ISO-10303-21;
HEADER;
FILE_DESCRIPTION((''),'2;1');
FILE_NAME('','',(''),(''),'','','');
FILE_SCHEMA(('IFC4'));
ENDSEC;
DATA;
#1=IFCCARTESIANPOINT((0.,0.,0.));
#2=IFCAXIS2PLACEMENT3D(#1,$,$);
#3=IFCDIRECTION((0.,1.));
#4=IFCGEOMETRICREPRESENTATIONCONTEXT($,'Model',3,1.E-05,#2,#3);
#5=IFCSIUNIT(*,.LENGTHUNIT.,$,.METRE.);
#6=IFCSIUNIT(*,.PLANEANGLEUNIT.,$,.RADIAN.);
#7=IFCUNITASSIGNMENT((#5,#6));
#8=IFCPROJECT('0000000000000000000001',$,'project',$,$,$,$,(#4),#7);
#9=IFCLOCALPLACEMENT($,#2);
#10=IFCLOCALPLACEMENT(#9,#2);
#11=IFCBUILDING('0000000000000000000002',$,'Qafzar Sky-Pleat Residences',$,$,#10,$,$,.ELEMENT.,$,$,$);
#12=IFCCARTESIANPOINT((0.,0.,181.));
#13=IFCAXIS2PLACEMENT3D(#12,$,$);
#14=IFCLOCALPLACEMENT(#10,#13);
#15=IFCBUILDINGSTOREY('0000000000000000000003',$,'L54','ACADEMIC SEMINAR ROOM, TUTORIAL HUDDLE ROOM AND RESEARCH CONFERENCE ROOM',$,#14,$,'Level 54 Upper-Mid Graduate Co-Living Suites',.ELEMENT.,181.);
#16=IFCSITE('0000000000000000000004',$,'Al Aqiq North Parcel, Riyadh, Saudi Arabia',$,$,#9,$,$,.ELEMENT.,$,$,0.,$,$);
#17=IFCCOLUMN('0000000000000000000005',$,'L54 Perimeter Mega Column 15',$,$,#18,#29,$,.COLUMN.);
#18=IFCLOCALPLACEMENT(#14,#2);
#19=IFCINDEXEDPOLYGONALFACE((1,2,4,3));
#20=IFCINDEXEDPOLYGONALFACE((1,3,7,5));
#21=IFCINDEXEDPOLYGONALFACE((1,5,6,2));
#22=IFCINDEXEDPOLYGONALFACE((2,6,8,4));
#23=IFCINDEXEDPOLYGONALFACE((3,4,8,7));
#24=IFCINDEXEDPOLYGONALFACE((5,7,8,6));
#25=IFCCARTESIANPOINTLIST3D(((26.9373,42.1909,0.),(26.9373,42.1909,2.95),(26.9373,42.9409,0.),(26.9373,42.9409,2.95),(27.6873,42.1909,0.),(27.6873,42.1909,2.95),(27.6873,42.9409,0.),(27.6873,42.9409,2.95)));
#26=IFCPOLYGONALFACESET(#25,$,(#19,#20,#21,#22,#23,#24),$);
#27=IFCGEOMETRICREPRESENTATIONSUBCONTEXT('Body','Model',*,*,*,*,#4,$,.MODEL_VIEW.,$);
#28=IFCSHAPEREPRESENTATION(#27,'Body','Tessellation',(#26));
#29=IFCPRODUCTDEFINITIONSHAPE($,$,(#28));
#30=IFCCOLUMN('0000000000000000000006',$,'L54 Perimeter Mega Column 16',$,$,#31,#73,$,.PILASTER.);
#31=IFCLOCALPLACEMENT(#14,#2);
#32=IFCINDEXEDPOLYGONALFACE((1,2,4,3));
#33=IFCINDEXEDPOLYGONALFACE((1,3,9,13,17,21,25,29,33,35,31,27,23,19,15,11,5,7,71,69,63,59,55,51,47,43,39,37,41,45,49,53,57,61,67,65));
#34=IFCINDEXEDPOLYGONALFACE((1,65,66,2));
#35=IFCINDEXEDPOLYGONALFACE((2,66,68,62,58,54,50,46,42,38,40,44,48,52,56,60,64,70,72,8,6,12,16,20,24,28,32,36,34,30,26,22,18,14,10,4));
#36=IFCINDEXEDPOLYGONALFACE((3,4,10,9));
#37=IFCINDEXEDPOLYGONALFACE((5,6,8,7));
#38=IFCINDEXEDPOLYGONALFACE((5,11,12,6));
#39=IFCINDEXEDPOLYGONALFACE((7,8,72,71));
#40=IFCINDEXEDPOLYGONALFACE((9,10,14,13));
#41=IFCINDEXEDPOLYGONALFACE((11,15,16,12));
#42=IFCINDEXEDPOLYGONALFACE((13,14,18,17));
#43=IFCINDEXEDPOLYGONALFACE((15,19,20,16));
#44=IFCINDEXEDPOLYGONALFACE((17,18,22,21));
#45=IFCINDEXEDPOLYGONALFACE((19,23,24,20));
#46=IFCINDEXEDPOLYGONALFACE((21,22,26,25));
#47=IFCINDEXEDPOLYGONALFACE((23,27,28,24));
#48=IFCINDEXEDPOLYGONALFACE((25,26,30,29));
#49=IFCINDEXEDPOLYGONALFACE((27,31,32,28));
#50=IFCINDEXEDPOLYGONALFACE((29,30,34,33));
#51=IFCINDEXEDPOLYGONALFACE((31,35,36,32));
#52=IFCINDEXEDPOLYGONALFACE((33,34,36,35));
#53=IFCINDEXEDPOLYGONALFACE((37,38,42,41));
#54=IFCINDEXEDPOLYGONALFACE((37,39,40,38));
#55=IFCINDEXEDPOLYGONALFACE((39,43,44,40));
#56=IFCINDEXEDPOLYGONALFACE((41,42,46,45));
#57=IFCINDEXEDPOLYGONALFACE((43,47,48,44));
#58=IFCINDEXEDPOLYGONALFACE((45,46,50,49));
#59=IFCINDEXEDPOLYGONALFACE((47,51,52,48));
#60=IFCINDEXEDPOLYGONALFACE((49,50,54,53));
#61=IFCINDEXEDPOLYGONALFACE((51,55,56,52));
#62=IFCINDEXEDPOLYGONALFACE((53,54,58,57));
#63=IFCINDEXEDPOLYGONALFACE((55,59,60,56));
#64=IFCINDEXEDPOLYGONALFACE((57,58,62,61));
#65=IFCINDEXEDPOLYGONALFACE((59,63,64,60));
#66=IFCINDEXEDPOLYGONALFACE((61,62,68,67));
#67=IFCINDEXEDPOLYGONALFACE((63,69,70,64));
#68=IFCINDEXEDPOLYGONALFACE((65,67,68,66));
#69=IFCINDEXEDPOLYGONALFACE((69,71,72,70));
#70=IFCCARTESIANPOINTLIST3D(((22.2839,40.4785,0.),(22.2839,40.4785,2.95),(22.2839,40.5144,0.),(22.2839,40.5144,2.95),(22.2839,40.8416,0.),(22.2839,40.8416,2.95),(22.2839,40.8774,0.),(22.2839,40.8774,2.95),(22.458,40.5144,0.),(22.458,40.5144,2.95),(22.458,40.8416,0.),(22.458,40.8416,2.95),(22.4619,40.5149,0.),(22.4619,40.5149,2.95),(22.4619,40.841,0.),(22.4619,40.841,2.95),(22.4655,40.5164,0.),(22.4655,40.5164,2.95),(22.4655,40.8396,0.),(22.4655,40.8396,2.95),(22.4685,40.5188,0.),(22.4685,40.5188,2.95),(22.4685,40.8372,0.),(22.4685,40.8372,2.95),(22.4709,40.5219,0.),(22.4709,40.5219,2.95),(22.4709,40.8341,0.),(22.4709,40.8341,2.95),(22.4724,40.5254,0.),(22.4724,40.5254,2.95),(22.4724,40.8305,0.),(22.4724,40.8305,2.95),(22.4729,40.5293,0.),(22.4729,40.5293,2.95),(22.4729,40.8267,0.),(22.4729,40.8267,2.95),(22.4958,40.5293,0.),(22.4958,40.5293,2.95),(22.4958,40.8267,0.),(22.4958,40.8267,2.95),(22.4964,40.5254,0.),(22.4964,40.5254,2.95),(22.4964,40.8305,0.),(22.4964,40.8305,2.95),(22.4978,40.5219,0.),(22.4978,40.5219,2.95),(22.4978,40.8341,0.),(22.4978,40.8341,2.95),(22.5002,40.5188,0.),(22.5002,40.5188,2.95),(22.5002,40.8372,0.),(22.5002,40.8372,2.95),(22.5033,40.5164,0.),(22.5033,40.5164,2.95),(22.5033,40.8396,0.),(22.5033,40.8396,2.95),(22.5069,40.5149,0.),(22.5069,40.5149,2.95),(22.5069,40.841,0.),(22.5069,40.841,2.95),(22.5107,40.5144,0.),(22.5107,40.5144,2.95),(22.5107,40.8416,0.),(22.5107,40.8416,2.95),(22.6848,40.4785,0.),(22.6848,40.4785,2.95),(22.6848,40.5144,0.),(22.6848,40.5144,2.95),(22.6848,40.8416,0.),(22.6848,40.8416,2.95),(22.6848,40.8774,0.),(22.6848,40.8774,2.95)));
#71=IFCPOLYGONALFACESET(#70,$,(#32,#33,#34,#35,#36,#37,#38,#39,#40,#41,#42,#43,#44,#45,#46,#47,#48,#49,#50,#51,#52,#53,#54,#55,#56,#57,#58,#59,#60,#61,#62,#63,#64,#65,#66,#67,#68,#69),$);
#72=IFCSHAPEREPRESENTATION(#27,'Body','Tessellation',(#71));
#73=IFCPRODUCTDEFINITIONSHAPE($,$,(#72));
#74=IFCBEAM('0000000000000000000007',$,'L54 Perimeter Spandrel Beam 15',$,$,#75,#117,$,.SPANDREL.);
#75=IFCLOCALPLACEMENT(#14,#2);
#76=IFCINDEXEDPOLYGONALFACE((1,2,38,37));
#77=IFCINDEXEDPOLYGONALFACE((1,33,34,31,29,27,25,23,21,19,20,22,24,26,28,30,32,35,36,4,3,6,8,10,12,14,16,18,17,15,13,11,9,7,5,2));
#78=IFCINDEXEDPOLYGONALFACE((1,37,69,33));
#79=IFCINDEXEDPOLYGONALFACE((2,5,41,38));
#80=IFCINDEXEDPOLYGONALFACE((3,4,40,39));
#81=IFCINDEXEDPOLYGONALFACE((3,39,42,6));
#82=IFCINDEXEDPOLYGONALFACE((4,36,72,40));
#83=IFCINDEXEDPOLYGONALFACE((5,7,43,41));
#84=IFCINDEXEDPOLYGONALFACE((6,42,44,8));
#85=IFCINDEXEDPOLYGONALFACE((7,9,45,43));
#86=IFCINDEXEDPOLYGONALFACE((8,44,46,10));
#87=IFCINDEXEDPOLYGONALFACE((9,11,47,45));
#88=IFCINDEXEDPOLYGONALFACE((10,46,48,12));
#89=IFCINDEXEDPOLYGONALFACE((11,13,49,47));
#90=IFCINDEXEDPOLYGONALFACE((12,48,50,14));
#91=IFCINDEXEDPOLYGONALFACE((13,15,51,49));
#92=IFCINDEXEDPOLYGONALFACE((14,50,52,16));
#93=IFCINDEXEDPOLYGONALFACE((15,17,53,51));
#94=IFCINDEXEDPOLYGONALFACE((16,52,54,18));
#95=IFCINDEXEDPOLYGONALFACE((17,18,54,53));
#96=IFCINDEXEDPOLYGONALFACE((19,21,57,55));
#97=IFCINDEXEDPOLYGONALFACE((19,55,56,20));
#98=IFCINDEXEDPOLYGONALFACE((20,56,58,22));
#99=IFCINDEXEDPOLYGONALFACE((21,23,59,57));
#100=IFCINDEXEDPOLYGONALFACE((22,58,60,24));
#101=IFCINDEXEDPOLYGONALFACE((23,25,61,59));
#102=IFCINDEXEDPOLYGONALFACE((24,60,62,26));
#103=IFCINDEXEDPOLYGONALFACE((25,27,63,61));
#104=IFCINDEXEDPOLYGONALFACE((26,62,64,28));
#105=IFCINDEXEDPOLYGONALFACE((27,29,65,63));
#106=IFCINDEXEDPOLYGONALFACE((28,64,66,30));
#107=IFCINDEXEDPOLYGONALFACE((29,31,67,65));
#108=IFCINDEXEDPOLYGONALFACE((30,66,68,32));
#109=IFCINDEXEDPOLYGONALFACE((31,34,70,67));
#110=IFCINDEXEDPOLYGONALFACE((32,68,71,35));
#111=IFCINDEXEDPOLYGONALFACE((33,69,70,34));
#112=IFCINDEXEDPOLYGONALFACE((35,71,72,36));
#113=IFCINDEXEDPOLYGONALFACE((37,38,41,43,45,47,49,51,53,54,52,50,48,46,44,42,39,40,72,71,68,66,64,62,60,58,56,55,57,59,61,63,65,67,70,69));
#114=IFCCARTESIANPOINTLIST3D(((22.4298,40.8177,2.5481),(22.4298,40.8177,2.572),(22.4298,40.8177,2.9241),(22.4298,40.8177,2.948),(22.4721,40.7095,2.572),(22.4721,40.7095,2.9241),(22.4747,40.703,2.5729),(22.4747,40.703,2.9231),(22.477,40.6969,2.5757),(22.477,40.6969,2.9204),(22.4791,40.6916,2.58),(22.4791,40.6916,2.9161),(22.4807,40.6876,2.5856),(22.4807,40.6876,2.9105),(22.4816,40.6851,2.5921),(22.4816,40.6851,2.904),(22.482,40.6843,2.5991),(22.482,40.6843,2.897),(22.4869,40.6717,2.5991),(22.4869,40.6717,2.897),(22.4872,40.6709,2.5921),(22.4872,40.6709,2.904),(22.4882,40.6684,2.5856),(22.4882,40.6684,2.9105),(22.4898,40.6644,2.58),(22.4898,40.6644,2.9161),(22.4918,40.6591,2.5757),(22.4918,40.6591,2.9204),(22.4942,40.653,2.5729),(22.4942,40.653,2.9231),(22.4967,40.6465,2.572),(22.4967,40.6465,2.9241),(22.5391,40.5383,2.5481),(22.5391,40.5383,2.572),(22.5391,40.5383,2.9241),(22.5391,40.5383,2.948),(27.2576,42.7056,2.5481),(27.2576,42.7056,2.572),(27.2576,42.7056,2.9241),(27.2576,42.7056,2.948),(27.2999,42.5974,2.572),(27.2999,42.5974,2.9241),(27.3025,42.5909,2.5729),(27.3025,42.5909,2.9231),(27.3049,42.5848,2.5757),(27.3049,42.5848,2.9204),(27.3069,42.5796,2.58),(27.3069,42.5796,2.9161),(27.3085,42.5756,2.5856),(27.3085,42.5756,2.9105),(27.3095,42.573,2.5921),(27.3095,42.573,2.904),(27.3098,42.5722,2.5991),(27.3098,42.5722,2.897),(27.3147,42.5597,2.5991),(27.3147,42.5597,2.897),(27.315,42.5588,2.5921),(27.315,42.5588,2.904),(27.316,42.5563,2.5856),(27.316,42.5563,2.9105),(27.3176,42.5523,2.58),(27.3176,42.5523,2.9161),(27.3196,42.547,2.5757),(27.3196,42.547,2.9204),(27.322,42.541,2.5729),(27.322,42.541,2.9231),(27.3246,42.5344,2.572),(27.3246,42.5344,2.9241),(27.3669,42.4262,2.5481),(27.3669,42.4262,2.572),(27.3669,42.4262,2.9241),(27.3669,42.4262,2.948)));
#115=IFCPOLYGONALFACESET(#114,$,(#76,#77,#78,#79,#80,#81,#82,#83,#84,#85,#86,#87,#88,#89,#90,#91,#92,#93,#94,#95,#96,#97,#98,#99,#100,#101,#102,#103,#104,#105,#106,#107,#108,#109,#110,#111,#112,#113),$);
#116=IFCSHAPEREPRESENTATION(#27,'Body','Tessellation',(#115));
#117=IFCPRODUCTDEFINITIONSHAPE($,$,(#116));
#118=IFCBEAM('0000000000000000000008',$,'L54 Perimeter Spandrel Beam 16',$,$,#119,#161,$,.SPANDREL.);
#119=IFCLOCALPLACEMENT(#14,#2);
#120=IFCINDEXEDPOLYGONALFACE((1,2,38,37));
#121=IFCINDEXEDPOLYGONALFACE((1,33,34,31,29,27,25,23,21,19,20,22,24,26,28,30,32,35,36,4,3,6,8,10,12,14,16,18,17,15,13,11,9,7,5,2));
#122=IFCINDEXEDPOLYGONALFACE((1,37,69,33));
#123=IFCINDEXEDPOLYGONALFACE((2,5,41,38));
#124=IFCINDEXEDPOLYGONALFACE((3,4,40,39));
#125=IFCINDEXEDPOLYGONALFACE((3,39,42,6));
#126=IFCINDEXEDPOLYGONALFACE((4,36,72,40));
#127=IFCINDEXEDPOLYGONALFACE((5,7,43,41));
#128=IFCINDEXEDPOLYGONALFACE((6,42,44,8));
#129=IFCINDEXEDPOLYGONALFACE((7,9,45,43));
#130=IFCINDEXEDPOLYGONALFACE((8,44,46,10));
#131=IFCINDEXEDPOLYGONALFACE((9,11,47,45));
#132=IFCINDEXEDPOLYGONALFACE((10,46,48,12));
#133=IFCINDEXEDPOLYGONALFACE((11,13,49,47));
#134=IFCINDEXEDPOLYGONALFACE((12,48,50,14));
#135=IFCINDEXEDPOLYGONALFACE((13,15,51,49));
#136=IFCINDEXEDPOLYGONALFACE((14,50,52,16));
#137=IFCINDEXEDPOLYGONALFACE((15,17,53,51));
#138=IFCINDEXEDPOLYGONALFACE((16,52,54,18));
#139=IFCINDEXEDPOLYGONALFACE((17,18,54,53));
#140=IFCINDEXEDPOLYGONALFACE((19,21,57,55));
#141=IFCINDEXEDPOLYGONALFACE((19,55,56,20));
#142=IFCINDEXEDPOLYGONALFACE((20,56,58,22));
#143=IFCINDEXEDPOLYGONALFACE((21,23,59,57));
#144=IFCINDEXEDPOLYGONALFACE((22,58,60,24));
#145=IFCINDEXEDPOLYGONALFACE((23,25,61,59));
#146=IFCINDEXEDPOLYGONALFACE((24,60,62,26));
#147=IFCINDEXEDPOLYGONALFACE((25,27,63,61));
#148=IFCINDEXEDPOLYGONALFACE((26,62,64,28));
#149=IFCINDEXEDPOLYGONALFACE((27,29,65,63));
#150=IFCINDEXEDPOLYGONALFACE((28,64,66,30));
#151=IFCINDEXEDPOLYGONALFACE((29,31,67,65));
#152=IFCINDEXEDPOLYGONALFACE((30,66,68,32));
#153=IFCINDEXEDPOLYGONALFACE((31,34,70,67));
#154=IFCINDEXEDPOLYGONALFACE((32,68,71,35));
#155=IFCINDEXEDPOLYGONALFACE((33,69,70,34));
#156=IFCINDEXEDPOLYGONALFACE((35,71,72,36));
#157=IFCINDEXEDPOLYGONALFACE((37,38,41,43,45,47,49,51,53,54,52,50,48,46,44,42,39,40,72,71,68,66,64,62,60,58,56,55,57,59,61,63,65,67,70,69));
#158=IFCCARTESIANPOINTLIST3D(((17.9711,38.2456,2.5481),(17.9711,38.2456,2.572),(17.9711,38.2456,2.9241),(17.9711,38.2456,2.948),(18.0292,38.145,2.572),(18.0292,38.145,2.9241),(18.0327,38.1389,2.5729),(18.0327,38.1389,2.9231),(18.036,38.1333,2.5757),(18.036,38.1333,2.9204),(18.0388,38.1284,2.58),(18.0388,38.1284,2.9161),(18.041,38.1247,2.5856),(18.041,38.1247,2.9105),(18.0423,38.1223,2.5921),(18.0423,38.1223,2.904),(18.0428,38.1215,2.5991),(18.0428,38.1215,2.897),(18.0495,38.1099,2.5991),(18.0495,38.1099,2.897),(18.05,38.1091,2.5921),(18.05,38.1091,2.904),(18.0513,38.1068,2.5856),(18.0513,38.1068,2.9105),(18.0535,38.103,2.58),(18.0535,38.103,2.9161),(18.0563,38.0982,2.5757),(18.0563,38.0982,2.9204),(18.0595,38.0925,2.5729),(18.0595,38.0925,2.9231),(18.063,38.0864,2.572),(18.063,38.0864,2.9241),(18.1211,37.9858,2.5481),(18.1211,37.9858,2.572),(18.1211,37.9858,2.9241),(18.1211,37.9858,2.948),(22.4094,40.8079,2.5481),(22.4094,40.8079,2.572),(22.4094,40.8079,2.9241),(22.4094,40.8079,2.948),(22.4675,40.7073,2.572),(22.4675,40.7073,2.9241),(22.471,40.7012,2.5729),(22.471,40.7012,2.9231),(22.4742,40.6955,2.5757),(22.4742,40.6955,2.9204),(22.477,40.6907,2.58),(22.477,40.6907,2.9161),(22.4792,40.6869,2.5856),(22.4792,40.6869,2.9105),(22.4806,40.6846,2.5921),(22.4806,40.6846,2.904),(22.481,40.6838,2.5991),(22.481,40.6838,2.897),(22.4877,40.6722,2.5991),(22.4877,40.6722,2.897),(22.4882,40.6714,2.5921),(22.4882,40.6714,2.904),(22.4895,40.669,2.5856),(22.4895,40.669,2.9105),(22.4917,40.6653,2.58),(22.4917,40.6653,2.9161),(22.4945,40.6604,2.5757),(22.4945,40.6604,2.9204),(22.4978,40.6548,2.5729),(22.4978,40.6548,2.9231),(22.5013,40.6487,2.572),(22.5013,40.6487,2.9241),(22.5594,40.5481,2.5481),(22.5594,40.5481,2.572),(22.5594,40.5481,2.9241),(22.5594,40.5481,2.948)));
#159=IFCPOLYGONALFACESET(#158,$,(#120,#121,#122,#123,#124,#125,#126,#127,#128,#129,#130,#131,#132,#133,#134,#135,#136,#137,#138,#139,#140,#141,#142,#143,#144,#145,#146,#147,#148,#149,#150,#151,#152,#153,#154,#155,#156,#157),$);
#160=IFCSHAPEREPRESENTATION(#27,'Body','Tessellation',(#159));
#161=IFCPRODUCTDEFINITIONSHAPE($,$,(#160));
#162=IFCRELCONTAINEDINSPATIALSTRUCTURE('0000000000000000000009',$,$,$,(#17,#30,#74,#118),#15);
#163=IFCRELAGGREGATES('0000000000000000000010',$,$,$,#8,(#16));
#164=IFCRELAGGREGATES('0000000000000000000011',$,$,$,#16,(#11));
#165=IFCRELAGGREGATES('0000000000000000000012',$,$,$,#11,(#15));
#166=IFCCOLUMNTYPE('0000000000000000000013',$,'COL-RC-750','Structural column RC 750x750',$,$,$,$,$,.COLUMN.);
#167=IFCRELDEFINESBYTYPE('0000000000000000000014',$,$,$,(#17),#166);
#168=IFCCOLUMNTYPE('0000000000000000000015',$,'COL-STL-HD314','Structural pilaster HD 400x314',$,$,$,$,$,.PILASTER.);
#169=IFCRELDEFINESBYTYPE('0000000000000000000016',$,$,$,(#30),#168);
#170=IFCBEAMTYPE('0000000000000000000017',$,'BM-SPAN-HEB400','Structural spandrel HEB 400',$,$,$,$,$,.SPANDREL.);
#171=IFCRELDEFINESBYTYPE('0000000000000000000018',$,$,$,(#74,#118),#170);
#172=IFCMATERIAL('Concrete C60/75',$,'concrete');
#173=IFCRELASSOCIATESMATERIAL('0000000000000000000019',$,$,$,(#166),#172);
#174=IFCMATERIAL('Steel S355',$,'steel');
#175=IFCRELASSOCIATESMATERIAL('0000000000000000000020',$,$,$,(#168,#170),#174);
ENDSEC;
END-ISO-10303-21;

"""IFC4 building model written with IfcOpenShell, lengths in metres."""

from ifc_helpers import new_model, si_unit, direction, frame, origin, origin_2d, place, context, subcontext, project, spatial, rectangle, i_section, extrude, source, transform, mapped, material, material_profile, profile_set, type_object, element, save


model = new_model("IFC4")

# Units and contexts
model_context = context("Model", 3, precision=1e-05, world=origin(), true_north=direction((0.0, 1.0)))
body_context = subcontext(model_context, "Body", "Model", "MODEL_VIEW")
ifc_project = project(units=[si_unit("LENGTHUNIT", "METRE"), si_unit("PLANEANGLEUNIT", "RADIAN")], contexts=[model_context])

# Site, building, storey
site_placement = place(None, origin())
site = spatial("IfcSite", under=ifc_project, at=site_placement, Name="Al Aqiq North Parcel, Riyadh, Saudi Arabia", CompositionType="ELEMENT", RefElevation=0.0)
building_placement = place(site_placement, origin())
building = spatial("IfcBuilding", under=site, at=building_placement, Name="Qafzar Sky-Pleat Residences", CompositionType="ELEMENT")
storey_placement = place(building_placement, frame((0.0, 0.0, 181.0)))
storey = spatial("IfcBuildingStorey", under=building, at=storey_placement, Name="L54", Description="ACADEMIC SEMINAR ROOM, TUTORIAL HUDDLE ROOM AND RESEARCH CONFERENCE ROOM", LongName="Level 54 Upper-Mid Graduate Co-Living Suites", CompositionType="ELEMENT", Elevation=181.0)

# Columns
ifc_material_1 = material(Name="Concrete C60/75", Category="concrete")
ifc_material_profile_1 = material_profile(ifc_material_1, rectangle(XDim=0.75, YDim=0.75, at=origin_2d()), Name="RC 750x750")
ifc_profile_set_1 = profile_set([ifc_material_profile_1], Name="Concrete C60/75")
column_type_1 = type_object("IfcColumnType", Name="COL-RC-750", Description="Structural column RC 750x750", PredefinedType="COLUMN", material=ifc_profile_set_1)
shared_shape_1 = source(origin(), body_context, "Body", "SweptSolid", [
    extrude(rectangle(XDim=0.75, YDim=0.75, at=origin_2d()), origin(), (0.0, 0.0, 1.0), 2.95),
])
column_1_placement = place(storey_placement, frame((27.3123, 42.5659, 0.0), z_axis=(0.0, 0.0, 1.0), x_axis=(1.0, 0.0, 0.0)))
element("IfcColumn", 1, at=column_1_placement, inside=storey, type_object=column_type_1, Name="L54 Perimeter Mega Column 15", PredefinedType="COLUMN", context=body_context, shape_type="MappedRepresentation", body=[
    mapped(shared_shape_1, transform((0.0, 0.0, 0.0), x_axis=(1.0, 0.0, 0.0), y_axis=(0.0, 1.0, 0.0), z_axis=(0.0, 0.0, 1.0), scale=1.0)),
])
ifc_material_2 = material(Name="Steel S355", Category="steel")
ifc_material_profile_2 = material_profile(ifc_material_2, i_section(OverallWidth=0.4009, OverallDepth=0.3989, WebThickness=0.0229, FlangeThickness=0.0359, FilletRadius=0.0149, at=origin_2d()), Name="HD 400x314")
ifc_profile_set_2 = profile_set([ifc_material_profile_2], Name="Steel S355")
column_type_2 = type_object("IfcColumnType", Name="COL-STL-HD314", Description="Structural pilaster HD 400x314", PredefinedType="PILASTER", material=ifc_profile_set_2)
shared_shape_2 = source(origin(), body_context, "Body", "SweptSolid", [
    extrude(i_section(OverallWidth=0.4009, OverallDepth=0.3989, WebThickness=0.0229, FlangeThickness=0.0359, FilletRadius=0.0149, at=origin_2d()), origin(), (0.0, 0.0, 1.0), 2.95),
])
column_2_placement = place(storey_placement, frame((22.4844, 40.678, 0.0), z_axis=(0.0, 0.0, 1.0), x_axis=(1.0, 0.0, 0.0)))
element("IfcColumn", 2, at=column_2_placement, inside=storey, type_object=column_type_2, Name="L54 Perimeter Mega Column 16", PredefinedType="PILASTER", context=body_context, shape_type="MappedRepresentation", body=[
    mapped(shared_shape_2, transform((0.0, 0.0, 0.0), x_axis=(1.0, 0.0, 0.0), y_axis=(0.0, 1.0, 0.0), z_axis=(0.0, 0.0, 1.0), scale=1.0)),
])

# Beams
ifc_material_profile_3 = material_profile(ifc_material_2, i_section(OverallWidth=0.3, OverallDepth=0.3999, WebThickness=0.0134, FlangeThickness=0.0239, FilletRadius=0.0271, at=origin_2d()), Name="HEB 400")
ifc_profile_set_3 = profile_set([ifc_material_profile_3], Name="Steel S355")
beam_type_1 = type_object("IfcBeamType", Name="BM-SPAN-HEB400", Description="Structural spandrel HEB 400", PredefinedType="SPANDREL", material=ifc_profile_set_3)
shared_shape_3 = source(origin(), body_context, "Body", "SweptSolid", [
    extrude(i_section(OverallWidth=0.3, OverallDepth=0.3999, WebThickness=0.0134, FlangeThickness=0.0239, FilletRadius=0.0271, at=origin_2d()), origin(), (0.0, 0.0, 1.0), 5.1838),
])
beam_1_placement = place(storey_placement, frame((27.3123, 42.5659, 2.748), z_axis=(-0.931323, -0.364193, 0.0), x_axis=(0.364193, -0.931323, 0.0)))
element("IfcBeam", 3, at=beam_1_placement, inside=storey, type_object=beam_type_1, Name="L54 Perimeter Spandrel Beam 15", PredefinedType="SPANDREL", context=body_context, shape_type="MappedRepresentation", body=[
    mapped(shared_shape_3, transform((0.0, 0.0, 0.0), x_axis=(1.0, 0.0, 0.0), y_axis=(0.0, 1.0, 0.0), z_axis=(0.0, 0.0, 1.0), scale=1.0)),
])
shared_shape_4 = source(origin(), body_context, "Body", "SweptSolid", [
    extrude(i_section(OverallWidth=0.3, OverallDepth=0.3999, WebThickness=0.0134, FlangeThickness=0.0239, FilletRadius=0.0271, at=origin_2d()), origin(), (0.0, 0.0, 1.0), 5.1248),
])
beam_2_placement = place(storey_placement, frame((22.4844, 40.678, 2.748), z_axis=(-0.866039, -0.499977, 0.0), x_axis=(0.499977, -0.866039, 0.0)))
element("IfcBeam", 4, at=beam_2_placement, inside=storey, type_object=beam_type_1, Name="L54 Perimeter Spandrel Beam 16", PredefinedType="SPANDREL", context=body_context, shape_type="MappedRepresentation", body=[
    mapped(shared_shape_4, transform((0.0, 0.0, 0.0), x_axis=(1.0, 0.0, 0.0), y_axis=(0.0, 1.0, 0.0), z_axis=(0.0, 0.0, 1.0), scale=1.0)),
])

save(model, "model.ifc")
